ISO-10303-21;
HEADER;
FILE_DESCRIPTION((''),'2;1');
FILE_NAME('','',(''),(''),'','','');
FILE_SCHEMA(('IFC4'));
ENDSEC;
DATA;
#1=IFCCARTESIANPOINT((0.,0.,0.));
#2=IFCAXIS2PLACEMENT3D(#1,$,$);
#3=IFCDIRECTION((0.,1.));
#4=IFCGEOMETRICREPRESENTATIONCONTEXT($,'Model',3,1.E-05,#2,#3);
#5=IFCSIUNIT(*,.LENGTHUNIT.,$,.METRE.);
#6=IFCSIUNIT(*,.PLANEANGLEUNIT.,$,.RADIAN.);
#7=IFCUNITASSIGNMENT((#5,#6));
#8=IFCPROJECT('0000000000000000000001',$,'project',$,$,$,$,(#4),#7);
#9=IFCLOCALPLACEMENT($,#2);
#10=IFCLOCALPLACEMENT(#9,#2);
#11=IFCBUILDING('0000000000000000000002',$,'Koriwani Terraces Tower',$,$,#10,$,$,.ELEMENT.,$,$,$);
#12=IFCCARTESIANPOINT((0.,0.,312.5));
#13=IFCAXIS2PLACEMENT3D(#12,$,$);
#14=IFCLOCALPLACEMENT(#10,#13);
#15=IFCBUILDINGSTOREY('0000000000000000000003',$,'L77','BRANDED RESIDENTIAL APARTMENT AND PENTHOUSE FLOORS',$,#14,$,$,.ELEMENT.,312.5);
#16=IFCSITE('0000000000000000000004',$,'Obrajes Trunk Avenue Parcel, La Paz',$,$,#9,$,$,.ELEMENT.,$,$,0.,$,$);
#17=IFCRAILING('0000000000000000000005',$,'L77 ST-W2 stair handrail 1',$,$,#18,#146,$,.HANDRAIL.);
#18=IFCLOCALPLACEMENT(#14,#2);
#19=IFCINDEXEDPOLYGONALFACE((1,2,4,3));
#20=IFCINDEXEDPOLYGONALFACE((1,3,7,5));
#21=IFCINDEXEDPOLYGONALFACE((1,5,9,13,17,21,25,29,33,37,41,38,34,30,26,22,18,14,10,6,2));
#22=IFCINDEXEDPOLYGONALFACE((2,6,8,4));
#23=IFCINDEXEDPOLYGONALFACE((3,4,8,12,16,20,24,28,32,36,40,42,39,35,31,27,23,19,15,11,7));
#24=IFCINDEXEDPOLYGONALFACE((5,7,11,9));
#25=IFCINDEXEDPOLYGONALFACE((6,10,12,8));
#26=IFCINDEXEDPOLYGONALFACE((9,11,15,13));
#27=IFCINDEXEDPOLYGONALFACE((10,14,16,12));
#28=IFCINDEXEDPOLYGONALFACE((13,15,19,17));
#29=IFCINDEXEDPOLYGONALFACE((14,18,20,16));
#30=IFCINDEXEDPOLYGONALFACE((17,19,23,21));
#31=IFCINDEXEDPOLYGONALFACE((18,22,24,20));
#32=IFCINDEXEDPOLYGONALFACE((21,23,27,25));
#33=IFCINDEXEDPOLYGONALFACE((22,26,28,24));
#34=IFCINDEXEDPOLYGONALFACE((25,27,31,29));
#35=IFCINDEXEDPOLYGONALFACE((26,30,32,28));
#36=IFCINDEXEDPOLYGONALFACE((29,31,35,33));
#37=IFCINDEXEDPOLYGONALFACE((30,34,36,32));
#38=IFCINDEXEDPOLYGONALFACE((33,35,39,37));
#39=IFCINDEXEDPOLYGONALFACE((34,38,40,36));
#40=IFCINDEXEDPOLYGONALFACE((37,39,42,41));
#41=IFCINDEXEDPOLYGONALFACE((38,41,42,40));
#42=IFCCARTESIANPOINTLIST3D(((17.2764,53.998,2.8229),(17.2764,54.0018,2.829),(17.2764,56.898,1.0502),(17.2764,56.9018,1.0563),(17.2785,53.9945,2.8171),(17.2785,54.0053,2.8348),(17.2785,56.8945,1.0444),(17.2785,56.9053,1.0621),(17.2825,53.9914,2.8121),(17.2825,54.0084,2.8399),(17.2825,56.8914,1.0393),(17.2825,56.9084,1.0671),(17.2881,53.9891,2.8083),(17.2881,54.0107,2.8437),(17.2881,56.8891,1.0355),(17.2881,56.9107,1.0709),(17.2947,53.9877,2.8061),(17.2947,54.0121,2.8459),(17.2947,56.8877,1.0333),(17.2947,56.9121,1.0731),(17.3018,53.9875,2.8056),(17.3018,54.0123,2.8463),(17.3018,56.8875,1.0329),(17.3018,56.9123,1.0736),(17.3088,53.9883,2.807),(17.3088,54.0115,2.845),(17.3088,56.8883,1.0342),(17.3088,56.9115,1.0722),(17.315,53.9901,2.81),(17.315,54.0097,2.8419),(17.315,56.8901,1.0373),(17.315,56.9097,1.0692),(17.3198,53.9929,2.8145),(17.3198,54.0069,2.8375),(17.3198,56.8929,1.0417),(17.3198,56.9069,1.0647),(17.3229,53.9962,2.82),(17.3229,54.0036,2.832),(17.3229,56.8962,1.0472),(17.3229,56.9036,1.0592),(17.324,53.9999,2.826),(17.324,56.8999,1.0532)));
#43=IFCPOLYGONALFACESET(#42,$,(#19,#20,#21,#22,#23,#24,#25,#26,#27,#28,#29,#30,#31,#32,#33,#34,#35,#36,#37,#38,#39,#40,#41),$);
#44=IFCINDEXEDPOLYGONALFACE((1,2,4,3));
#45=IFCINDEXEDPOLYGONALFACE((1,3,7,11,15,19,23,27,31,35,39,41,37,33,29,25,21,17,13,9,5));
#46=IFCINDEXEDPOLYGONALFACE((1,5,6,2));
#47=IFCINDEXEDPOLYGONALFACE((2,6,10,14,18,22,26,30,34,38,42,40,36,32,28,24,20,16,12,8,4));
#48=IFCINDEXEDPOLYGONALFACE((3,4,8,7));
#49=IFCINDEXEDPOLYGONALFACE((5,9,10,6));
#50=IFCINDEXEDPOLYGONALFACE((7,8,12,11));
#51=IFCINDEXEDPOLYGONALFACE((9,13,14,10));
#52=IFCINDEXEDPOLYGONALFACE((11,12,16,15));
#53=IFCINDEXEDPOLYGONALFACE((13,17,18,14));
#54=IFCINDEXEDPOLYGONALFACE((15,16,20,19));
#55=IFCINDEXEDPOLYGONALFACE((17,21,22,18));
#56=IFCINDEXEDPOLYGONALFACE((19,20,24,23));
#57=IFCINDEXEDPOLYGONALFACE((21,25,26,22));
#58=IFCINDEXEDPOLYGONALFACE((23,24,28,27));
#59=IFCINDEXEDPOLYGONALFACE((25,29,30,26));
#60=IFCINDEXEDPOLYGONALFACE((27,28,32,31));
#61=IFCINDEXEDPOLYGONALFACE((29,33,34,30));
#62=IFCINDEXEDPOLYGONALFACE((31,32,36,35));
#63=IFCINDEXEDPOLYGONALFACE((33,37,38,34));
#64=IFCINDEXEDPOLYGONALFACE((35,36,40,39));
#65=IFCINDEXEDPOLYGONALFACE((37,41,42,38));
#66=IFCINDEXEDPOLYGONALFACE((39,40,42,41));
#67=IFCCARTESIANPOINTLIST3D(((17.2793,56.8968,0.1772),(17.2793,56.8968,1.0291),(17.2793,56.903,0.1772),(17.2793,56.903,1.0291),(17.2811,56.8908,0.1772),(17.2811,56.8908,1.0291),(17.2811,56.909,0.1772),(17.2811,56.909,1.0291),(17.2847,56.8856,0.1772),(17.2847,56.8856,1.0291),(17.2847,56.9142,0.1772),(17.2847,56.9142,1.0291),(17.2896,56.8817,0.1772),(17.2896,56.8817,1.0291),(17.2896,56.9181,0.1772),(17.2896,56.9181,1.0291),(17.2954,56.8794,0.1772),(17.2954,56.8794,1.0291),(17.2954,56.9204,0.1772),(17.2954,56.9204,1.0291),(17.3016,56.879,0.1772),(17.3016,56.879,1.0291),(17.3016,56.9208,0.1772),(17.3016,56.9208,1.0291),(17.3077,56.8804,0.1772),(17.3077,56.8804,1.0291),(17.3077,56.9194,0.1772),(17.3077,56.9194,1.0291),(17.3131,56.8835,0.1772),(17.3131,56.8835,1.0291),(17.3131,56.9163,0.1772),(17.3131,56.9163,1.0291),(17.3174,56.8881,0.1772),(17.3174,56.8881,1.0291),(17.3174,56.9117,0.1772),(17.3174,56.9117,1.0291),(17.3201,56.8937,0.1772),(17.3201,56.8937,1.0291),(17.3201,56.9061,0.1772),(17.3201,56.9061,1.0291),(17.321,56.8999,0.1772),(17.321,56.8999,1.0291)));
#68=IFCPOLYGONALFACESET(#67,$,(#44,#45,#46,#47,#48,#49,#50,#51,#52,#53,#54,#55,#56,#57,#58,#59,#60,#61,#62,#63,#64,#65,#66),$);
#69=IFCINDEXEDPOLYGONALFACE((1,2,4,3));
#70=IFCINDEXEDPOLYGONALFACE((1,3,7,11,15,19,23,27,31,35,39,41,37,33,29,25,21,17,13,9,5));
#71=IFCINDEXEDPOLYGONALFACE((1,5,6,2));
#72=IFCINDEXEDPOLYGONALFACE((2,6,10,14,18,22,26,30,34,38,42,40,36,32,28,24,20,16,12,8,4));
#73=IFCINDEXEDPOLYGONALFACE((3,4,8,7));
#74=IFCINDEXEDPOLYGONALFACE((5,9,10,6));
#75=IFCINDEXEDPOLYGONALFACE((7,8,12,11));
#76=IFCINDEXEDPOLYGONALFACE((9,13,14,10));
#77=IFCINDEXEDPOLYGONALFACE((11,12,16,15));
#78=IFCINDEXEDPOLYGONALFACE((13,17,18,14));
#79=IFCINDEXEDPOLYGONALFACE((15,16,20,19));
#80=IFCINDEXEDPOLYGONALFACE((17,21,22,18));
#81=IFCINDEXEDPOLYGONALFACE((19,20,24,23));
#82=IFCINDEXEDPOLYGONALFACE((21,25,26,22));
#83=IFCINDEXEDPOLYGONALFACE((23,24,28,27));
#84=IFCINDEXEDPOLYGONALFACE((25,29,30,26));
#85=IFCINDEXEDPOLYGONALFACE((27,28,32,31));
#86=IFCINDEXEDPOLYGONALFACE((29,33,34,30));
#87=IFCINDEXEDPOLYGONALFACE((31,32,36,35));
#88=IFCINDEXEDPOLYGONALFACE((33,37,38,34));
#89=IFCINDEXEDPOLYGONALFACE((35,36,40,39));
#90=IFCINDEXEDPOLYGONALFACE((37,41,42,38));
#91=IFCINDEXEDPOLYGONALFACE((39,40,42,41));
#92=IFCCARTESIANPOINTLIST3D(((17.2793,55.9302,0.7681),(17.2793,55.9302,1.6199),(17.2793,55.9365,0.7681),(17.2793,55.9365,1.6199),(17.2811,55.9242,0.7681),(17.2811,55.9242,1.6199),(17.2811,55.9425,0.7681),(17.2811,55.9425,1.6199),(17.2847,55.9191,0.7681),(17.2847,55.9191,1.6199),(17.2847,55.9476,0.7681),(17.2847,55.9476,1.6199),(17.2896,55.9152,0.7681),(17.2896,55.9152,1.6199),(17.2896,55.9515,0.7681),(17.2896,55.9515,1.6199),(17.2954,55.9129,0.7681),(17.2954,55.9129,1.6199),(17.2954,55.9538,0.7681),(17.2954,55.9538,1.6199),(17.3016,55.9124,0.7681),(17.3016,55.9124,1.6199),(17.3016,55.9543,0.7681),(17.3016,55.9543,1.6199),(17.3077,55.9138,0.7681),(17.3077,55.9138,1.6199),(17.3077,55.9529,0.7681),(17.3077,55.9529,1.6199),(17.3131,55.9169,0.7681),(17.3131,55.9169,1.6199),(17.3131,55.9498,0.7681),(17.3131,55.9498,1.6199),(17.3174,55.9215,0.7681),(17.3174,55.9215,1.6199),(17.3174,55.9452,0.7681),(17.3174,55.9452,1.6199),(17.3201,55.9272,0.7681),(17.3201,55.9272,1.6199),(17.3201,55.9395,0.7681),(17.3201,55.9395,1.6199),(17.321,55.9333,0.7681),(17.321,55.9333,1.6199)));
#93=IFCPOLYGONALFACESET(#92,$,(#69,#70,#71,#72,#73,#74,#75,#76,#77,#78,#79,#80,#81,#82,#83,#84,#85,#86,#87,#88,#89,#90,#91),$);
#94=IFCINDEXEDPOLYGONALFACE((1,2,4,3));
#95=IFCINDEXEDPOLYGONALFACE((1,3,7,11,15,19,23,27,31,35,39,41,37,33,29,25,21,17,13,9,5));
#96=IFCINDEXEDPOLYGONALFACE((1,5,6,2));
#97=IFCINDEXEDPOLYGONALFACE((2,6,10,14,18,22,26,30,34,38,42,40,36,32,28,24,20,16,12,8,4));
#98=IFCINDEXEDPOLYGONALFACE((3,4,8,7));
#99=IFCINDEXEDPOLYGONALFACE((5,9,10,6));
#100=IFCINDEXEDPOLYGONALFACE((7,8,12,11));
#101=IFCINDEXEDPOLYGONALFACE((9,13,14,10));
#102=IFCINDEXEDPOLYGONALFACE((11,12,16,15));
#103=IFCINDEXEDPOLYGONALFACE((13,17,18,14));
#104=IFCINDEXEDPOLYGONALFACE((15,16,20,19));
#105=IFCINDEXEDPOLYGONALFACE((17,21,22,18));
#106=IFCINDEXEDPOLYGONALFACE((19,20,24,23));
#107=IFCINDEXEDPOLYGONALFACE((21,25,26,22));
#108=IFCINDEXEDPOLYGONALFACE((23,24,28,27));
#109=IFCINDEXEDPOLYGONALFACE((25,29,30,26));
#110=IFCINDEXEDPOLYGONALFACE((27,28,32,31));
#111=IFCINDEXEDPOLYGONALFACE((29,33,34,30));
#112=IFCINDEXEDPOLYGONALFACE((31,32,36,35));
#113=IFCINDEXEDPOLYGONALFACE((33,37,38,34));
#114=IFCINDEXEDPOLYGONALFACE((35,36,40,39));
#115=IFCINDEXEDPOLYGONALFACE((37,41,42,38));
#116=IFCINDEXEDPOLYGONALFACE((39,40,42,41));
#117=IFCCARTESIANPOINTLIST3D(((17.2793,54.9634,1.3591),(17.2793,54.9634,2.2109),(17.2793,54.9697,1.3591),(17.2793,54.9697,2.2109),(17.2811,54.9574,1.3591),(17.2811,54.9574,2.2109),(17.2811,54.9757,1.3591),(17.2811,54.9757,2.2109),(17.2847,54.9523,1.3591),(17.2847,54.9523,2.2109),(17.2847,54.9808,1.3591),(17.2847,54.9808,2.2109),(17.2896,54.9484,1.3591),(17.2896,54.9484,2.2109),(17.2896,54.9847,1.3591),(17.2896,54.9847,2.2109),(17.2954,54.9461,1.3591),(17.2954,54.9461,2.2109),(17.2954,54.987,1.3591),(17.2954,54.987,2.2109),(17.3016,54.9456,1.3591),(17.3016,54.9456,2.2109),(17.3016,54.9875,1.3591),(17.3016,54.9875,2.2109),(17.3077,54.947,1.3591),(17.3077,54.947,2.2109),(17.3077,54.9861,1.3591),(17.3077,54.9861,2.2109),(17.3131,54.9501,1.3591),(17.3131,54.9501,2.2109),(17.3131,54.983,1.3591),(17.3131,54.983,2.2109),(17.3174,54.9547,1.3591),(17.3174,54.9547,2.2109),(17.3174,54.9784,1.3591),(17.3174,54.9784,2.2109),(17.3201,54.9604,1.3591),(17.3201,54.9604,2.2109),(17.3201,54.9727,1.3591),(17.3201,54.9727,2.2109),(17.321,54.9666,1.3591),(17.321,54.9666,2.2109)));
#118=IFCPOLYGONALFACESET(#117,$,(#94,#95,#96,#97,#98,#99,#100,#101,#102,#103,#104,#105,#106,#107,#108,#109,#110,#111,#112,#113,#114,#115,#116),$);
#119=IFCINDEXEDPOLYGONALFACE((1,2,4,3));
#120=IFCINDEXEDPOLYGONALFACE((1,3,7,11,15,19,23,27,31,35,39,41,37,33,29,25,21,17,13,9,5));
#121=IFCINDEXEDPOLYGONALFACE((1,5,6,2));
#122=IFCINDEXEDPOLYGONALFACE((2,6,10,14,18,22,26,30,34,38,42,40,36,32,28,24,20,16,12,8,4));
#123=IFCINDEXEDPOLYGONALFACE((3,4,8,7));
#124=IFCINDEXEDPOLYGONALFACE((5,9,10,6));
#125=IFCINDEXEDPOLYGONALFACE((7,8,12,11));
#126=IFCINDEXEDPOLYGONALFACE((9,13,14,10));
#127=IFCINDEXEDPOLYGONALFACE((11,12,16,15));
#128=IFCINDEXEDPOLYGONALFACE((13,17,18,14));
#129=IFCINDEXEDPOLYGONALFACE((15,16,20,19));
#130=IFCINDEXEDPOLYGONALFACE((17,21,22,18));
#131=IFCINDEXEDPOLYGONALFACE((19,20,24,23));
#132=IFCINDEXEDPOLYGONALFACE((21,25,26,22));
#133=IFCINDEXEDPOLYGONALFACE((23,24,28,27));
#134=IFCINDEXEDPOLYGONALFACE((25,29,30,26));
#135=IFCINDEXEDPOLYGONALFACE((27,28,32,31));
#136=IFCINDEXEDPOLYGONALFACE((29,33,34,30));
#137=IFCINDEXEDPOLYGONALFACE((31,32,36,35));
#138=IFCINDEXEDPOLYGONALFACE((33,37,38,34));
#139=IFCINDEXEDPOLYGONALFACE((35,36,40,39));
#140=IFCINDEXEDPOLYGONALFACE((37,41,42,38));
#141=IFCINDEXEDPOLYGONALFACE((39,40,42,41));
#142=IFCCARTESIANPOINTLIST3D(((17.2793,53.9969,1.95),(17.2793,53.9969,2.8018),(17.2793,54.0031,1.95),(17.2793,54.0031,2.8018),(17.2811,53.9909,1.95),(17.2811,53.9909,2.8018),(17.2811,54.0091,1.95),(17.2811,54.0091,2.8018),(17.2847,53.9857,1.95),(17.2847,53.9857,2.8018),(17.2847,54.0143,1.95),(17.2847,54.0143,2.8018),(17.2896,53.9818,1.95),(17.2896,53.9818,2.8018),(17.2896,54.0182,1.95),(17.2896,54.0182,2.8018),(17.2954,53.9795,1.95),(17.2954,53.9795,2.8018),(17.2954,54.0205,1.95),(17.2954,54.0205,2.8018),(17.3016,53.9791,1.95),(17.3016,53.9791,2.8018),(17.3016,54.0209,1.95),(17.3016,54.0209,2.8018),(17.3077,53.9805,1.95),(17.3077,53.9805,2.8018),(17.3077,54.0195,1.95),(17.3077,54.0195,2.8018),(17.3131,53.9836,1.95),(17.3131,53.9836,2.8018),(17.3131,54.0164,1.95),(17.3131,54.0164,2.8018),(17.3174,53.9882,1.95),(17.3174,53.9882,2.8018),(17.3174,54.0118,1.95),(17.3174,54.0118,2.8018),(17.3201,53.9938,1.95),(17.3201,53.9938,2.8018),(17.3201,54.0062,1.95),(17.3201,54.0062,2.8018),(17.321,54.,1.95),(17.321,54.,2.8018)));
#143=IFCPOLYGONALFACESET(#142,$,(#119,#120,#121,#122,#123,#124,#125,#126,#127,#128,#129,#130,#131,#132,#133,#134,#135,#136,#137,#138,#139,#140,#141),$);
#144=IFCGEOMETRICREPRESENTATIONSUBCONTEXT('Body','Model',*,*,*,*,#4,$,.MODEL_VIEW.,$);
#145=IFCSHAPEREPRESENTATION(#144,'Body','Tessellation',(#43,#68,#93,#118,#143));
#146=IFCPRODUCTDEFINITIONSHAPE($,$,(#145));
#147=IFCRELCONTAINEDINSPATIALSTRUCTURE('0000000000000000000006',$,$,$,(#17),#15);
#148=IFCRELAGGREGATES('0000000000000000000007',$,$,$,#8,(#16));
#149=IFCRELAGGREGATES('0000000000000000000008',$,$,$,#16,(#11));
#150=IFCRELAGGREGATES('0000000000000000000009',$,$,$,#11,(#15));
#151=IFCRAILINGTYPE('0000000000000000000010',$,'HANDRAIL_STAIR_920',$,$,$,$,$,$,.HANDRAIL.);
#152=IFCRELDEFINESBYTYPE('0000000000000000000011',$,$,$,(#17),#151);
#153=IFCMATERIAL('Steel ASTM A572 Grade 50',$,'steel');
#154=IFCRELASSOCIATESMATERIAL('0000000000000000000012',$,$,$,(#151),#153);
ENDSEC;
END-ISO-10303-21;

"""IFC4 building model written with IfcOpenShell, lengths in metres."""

from ifc_helpers import new_model, si_unit, direction, frame, origin, origin_2d, place, context, subcontext, project, spatial, circle, extrude, material, type_object, element, save


model = new_model("IFC4")

# Units and contexts
model_context = context("Model", 3, precision=1e-05, world=origin(), true_north=direction((0.0, 1.0)))
body_context = subcontext(model_context, "Body", "Model", "MODEL_VIEW")
ifc_project = project(units=[si_unit("LENGTHUNIT", "METRE"), si_unit("PLANEANGLEUNIT", "RADIAN")], contexts=[model_context])

# Site, building, storey
site_placement = place(None, origin())
site = spatial("IfcSite", under=ifc_project, at=site_placement, Name="Obrajes Trunk Avenue Parcel, La Paz", CompositionType="ELEMENT", RefElevation=0.0)
building_placement = place(site_placement, origin())
building = spatial("IfcBuilding", under=site, at=building_placement, Name="Koriwani Terraces Tower", CompositionType="ELEMENT")
storey_placement = place(building_placement, frame((0.0, 0.0, 312.5)))
storey = spatial("IfcBuildingStorey", under=building, at=storey_placement, Name="L77", Description="BRANDED RESIDENTIAL APARTMENT AND PENTHOUSE FLOORS", CompositionType="ELEMENT", Elevation=312.5)

# Shared definitions
ifc_material_1 = material(Name="Steel ASTM A572 Grade 50", Category="steel")

# Railing
railing_type_1 = type_object("IfcRailingType", Name="HANDRAIL_STAIR_920", PredefinedType="HANDRAIL", material=ifc_material_1)
railing_1_placement = place(storey_placement, frame((17.3, 56.8999, 0.1772)))
element("IfcRailing", 1, at=railing_1_placement, inside=storey, type_object=railing_type_1, Name="L77 ST-W2 stair handrail 1", PredefinedType="HANDRAIL", context=body_context, shape_type="SweptSolid", body=[
    extrude(circle(Radius=0.0239, at=origin_2d()), frame((0.0, 0.0, 0.876), z_axis=(0.0, -0.853211, 0.521566), x_axis=(1.0, 0.0, 0.0)), (0.0, 0.0, 1.0), 3.3989),
    extrude(circle(Radius=0.021, at=origin_2d()), origin(), (0.0, 0.0, 1.0), 0.8518),
    extrude(circle(Radius=0.021, at=origin_2d()), frame((0.0, -0.9666, 0.5908)), (0.0, 0.0, 1.0), 0.8518),
    extrude(circle(Radius=0.021, at=origin_2d()), frame((0.0, -1.9333, 1.1819)), (0.0, 0.0, 1.0), 0.8518),
    extrude(circle(Radius=0.021, at=origin_2d()), frame((0.0, -2.8999, 1.7727)), (0.0, 0.0, 1.0), 0.8518),
])

save(model, "model.ifc")
